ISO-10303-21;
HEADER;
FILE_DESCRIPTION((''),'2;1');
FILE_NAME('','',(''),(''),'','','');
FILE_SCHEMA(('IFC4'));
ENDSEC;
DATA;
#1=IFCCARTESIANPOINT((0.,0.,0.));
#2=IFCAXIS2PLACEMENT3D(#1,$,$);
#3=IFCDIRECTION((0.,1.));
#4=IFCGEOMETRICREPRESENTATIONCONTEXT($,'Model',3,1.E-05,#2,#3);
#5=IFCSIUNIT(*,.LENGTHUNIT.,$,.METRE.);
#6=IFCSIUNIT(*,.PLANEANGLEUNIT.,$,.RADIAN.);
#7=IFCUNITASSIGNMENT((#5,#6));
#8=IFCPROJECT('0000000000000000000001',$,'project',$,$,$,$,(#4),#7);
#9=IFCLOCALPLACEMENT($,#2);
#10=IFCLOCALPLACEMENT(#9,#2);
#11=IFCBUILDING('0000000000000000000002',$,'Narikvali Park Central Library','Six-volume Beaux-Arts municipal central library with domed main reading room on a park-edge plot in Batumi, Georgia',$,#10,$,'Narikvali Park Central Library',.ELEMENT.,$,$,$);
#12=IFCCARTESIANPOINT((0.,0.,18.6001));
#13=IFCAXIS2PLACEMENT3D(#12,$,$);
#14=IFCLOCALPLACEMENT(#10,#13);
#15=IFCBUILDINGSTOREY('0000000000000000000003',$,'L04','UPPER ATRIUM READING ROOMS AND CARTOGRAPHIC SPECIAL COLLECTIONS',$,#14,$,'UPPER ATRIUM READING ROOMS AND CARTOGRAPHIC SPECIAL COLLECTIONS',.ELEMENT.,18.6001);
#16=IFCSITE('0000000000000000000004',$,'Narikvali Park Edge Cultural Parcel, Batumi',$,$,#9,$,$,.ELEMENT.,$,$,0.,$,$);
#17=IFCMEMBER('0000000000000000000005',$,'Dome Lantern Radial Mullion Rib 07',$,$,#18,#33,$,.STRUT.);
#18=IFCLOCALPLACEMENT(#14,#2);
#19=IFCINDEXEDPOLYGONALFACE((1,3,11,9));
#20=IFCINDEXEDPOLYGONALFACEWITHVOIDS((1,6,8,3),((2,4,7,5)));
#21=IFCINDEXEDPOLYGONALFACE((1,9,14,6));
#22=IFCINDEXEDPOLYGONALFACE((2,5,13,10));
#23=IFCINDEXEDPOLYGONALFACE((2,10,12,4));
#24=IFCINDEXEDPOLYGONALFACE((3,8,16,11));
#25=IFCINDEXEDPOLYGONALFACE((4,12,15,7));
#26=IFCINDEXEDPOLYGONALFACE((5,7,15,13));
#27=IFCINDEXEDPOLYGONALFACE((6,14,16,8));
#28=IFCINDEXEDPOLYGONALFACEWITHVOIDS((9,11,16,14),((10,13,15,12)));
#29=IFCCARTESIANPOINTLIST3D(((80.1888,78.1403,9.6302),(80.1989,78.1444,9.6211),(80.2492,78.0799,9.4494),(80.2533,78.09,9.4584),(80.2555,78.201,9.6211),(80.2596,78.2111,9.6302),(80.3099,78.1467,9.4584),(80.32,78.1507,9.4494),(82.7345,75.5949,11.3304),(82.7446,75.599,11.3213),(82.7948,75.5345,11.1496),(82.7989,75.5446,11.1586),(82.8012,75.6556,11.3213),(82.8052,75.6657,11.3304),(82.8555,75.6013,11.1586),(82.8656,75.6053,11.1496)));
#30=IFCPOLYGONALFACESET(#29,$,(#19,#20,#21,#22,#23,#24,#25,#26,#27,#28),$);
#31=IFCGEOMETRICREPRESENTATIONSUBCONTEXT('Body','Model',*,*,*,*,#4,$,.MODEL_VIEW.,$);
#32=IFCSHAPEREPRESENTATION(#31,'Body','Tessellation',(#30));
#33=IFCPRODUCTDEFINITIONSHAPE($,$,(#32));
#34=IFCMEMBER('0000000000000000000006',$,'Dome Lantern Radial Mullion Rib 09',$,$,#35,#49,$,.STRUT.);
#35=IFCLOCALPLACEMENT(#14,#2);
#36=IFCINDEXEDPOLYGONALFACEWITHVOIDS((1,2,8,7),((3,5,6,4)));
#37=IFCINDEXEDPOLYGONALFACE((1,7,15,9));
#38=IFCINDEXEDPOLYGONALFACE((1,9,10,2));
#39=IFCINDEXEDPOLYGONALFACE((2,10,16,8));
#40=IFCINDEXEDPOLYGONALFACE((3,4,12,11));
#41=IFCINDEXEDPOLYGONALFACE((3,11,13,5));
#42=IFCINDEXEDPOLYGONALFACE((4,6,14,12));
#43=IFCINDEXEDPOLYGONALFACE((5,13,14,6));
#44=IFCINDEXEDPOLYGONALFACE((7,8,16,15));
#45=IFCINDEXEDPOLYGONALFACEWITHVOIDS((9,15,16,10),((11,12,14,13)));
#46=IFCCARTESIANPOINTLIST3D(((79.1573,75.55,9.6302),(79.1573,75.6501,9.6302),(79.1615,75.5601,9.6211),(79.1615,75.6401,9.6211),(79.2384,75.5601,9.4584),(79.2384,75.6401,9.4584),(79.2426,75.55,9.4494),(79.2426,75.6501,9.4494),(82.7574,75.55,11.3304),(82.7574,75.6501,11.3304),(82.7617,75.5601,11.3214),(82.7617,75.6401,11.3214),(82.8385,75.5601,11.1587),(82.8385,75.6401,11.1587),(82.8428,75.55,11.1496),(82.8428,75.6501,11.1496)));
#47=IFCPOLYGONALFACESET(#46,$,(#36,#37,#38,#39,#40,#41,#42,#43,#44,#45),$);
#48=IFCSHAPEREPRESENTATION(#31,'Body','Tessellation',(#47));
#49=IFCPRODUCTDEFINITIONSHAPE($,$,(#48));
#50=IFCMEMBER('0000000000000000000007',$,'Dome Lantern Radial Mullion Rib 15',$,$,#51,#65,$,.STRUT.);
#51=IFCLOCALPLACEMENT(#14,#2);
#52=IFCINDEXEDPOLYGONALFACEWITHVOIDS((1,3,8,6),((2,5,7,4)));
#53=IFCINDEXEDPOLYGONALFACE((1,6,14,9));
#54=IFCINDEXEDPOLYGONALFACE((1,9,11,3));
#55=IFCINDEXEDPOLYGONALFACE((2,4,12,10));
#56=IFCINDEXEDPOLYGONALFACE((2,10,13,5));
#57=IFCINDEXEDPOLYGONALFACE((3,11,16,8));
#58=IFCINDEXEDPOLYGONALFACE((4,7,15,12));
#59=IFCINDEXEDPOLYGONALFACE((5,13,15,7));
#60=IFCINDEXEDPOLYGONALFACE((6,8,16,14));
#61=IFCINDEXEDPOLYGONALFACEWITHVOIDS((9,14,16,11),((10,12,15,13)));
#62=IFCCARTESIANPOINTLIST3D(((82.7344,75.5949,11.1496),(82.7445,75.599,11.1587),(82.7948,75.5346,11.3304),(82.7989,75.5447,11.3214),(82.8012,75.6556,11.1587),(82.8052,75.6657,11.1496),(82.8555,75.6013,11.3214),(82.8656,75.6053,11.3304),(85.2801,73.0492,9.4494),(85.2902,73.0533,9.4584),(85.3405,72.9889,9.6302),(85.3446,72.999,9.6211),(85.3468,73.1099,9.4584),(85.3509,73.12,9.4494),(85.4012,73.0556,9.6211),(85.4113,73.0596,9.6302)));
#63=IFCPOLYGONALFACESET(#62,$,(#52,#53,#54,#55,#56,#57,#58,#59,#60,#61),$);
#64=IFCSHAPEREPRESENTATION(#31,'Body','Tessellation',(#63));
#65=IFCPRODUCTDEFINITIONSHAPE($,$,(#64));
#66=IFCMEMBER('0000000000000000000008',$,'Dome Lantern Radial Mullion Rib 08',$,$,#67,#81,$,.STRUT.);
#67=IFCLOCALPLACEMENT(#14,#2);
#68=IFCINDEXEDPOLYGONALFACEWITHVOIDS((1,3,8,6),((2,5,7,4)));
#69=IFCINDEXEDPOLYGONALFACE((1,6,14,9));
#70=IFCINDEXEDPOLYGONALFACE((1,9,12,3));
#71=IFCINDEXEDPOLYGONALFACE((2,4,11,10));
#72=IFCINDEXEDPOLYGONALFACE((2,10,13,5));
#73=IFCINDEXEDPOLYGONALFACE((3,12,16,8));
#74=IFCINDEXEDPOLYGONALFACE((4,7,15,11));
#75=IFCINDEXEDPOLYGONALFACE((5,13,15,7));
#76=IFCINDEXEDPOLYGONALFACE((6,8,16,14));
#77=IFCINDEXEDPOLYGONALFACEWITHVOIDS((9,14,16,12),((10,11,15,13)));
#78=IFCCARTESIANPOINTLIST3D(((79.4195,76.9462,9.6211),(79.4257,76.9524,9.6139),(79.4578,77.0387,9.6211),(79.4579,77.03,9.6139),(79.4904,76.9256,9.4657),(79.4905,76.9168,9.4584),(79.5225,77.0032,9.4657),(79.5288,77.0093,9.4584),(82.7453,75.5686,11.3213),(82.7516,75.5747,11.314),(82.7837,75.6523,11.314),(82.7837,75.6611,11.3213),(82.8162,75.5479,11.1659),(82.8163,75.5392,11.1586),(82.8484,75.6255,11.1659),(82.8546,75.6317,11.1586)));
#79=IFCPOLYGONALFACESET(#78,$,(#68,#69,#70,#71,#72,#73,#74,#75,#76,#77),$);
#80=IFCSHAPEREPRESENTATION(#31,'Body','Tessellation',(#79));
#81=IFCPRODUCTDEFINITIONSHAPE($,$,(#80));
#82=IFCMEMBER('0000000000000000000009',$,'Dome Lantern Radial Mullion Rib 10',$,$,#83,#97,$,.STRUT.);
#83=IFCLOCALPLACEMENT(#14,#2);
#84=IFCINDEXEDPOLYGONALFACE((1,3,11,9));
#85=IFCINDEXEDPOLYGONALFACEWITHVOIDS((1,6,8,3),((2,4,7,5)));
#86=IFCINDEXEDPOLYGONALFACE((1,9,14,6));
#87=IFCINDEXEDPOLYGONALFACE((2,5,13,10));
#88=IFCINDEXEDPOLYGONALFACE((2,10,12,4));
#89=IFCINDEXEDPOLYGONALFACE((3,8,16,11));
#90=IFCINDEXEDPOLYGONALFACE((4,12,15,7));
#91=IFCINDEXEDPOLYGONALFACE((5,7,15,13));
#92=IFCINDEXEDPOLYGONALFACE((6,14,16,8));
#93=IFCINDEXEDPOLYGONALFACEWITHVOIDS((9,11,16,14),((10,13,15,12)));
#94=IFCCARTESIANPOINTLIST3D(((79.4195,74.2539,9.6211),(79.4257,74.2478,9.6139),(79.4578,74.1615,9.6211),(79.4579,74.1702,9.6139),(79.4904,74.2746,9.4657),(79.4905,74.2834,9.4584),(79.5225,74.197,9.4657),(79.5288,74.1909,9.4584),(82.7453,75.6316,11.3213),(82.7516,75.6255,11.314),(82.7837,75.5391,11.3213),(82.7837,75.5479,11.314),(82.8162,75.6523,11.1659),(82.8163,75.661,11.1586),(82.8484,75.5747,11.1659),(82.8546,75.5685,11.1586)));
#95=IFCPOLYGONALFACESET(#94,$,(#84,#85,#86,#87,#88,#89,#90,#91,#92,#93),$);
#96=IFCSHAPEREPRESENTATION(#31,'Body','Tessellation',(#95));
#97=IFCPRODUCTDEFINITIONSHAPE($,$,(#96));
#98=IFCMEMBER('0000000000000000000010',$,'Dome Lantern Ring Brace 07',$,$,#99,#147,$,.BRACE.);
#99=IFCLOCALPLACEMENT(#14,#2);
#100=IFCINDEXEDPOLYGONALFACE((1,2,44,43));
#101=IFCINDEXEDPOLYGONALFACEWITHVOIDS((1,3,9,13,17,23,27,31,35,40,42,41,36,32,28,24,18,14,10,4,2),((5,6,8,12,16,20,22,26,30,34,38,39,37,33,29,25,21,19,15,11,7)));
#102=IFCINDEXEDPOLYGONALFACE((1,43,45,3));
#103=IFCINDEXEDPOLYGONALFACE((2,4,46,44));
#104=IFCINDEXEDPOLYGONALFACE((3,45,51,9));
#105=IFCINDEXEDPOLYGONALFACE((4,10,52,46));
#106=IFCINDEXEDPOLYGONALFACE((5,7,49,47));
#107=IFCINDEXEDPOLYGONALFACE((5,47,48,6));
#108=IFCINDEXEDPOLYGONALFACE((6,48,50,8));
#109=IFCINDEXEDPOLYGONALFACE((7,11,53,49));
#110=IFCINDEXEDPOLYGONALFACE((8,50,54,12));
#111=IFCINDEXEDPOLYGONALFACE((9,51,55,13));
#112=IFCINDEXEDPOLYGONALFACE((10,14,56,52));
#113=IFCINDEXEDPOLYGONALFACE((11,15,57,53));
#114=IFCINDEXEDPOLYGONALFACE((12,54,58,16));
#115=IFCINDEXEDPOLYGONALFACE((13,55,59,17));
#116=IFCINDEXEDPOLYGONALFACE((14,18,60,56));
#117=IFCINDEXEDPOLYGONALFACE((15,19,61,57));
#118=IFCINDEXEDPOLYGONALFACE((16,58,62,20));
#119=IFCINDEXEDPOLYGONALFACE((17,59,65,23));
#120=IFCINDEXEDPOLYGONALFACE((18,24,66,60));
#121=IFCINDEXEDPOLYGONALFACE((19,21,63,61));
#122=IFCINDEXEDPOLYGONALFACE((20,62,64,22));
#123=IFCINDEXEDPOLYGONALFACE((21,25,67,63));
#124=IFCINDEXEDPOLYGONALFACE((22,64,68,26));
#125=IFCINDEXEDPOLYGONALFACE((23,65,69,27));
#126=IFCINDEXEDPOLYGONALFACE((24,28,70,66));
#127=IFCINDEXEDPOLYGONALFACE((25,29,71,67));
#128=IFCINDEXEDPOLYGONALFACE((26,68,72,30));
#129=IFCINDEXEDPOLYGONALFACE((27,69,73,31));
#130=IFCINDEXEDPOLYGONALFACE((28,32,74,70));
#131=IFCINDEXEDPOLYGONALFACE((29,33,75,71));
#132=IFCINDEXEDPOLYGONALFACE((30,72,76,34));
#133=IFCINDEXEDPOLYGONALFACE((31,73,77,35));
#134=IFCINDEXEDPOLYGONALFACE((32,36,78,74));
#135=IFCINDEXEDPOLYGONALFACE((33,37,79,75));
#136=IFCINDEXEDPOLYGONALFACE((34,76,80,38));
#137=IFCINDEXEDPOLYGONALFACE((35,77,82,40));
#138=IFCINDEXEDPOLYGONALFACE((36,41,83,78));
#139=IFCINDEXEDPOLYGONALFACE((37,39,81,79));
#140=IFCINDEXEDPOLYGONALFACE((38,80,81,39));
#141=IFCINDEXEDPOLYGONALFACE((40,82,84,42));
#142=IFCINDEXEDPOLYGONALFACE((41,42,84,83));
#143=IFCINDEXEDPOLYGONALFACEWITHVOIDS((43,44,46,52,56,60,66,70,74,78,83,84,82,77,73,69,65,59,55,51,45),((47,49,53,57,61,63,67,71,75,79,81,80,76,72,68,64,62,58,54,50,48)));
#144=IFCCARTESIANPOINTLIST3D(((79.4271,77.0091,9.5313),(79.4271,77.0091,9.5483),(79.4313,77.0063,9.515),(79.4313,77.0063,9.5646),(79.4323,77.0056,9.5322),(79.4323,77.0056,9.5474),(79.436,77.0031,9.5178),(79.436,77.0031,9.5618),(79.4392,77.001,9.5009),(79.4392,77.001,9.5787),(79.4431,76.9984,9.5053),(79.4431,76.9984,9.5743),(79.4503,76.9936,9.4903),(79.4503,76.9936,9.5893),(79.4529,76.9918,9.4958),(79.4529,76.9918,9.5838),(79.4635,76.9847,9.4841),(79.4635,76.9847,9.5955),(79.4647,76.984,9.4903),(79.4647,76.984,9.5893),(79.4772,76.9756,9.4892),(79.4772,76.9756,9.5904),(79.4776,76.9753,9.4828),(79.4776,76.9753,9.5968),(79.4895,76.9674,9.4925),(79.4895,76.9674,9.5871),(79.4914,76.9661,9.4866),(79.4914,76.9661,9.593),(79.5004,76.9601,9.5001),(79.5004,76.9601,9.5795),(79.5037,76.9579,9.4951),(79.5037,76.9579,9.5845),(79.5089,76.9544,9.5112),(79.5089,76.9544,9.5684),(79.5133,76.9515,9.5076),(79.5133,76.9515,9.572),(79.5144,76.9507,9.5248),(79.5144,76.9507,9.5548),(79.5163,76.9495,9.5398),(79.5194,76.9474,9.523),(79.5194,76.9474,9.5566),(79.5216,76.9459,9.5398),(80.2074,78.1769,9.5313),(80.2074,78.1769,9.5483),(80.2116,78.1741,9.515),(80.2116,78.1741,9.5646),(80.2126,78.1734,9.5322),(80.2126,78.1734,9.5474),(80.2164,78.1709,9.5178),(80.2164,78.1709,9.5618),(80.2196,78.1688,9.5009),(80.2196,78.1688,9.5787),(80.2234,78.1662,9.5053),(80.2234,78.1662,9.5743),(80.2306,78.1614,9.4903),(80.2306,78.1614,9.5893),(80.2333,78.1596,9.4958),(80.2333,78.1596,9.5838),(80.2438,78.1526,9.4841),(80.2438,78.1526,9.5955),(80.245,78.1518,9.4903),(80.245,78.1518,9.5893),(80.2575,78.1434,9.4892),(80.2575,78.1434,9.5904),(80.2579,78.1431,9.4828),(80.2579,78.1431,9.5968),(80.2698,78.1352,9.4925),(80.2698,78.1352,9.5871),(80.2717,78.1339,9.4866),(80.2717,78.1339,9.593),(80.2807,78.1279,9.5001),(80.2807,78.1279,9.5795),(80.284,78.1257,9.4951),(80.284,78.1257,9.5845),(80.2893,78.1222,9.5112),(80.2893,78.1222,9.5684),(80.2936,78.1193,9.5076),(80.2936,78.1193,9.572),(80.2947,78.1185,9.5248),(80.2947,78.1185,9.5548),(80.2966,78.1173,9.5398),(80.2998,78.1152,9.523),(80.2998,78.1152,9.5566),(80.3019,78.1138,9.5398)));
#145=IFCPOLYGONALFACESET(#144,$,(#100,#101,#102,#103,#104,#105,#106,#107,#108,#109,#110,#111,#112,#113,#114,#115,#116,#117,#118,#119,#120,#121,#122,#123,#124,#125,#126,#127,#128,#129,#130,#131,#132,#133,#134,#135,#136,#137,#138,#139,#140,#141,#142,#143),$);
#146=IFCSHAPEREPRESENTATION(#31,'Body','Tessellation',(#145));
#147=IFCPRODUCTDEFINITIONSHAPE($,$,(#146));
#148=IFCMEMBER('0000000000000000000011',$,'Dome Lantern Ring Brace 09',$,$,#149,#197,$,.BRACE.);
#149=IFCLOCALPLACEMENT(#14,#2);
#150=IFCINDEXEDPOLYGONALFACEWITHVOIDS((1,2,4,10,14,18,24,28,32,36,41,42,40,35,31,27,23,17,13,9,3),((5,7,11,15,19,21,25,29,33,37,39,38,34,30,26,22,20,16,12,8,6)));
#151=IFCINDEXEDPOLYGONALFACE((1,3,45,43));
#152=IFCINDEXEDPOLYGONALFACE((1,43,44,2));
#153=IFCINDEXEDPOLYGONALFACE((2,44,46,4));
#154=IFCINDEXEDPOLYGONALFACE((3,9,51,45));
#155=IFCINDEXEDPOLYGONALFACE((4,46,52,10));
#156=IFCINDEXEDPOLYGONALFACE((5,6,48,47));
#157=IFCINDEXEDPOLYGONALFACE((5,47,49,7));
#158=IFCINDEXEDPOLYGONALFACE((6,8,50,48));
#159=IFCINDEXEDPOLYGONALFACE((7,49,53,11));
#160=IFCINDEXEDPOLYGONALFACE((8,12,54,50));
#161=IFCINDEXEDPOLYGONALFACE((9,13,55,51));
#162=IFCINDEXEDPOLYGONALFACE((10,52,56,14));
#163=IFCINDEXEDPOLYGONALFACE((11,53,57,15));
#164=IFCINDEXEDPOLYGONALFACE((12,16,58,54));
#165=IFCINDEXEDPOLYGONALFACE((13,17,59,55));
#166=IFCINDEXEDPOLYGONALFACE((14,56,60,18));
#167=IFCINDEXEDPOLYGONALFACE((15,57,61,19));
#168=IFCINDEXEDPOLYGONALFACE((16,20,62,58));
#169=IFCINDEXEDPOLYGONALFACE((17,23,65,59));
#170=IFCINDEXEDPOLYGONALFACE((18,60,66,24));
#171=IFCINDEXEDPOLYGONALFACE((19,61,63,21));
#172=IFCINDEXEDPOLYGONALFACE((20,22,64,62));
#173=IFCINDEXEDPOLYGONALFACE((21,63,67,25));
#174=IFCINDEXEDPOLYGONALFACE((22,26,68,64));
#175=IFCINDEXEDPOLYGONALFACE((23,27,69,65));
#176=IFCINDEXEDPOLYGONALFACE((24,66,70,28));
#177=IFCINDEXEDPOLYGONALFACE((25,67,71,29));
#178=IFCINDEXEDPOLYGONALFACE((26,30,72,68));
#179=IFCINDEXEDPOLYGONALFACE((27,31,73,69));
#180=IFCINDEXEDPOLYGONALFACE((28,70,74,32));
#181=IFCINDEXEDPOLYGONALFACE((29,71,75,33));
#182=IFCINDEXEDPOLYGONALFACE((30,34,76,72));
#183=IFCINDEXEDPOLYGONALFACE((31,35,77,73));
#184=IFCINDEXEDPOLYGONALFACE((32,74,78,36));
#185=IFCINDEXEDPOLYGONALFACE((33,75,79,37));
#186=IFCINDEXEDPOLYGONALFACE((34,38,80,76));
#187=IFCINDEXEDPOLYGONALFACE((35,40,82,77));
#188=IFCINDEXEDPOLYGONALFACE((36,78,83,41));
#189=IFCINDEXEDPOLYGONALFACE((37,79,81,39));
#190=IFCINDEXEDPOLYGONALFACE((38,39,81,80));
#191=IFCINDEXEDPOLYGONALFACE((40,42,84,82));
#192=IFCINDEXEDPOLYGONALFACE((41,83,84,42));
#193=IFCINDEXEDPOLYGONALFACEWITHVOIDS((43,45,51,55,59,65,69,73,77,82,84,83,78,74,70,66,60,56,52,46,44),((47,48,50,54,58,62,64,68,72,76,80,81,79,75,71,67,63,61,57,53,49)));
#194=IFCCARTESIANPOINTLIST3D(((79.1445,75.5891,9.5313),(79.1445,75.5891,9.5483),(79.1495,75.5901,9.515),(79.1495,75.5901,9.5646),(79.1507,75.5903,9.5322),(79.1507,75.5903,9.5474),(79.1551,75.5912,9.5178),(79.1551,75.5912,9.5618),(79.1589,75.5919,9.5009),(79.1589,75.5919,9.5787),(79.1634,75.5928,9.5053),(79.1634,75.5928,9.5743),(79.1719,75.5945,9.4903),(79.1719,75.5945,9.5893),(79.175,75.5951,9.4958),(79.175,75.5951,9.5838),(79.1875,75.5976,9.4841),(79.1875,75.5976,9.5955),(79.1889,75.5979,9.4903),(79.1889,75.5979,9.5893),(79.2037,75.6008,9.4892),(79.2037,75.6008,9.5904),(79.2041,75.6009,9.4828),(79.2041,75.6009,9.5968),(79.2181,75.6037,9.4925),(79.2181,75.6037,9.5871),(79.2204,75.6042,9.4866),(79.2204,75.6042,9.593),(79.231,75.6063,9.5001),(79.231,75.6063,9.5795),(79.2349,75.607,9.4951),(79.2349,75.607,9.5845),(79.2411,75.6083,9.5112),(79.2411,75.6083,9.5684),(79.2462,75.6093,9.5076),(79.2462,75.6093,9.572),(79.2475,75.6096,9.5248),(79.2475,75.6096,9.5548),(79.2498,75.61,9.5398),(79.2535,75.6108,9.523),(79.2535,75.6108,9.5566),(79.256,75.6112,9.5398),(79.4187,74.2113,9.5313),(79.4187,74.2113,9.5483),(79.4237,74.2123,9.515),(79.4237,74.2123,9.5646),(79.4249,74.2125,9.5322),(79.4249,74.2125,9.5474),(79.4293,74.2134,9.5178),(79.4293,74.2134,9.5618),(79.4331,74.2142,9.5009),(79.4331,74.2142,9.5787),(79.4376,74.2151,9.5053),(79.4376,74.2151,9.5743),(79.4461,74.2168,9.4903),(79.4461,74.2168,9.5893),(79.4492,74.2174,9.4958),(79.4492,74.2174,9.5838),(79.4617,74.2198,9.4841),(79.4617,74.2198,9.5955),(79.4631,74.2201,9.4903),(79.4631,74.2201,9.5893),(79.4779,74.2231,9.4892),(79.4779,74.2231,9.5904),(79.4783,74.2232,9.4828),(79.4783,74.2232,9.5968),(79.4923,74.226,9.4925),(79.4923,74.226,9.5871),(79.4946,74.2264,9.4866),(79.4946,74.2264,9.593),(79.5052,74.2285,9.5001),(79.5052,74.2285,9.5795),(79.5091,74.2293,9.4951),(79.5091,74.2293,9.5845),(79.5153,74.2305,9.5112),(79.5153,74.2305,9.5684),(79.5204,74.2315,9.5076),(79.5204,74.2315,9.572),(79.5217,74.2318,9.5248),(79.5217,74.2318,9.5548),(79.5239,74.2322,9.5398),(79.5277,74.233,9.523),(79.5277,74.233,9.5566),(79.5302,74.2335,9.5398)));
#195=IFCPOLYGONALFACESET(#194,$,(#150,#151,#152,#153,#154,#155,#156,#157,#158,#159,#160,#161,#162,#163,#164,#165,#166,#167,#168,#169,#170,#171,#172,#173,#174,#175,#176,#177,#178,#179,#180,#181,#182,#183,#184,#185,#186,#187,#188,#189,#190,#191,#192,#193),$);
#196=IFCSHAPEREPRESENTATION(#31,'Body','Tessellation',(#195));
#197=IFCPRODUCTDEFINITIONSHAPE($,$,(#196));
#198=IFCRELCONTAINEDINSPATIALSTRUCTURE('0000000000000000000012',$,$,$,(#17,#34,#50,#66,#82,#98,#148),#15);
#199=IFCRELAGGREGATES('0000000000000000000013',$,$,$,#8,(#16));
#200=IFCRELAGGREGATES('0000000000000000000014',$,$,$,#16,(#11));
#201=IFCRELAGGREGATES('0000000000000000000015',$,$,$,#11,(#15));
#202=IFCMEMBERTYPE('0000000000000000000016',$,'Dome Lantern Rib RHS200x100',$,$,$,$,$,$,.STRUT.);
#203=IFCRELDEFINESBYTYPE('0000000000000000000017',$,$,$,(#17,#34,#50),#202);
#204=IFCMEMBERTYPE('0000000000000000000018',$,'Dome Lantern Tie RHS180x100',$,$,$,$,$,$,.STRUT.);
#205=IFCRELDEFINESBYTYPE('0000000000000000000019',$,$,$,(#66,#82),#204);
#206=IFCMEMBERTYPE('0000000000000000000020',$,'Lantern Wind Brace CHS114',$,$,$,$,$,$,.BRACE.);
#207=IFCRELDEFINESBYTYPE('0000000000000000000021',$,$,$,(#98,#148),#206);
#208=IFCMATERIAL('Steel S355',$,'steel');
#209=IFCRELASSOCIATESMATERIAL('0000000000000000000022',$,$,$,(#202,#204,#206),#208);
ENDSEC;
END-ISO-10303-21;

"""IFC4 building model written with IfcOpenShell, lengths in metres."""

from ifc_helpers import new_model, si_unit, direction, frame, origin, origin_2d, place, context, subcontext, project, spatial, hollow_rectangle, hollow_circle, extrude, material, material_profile, profile_set, type_object, element, save


model = new_model("IFC4")

# Units and contexts
model_context = context("Model", 3, precision=1e-05, world=origin(), true_north=direction((0.0, 1.0)))
body_context = subcontext(model_context, "Body", "Model", "MODEL_VIEW")
ifc_project = project(units=[si_unit("LENGTHUNIT", "METRE"), si_unit("PLANEANGLEUNIT", "RADIAN")], contexts=[model_context])

# Site, building, storey
site_placement = place(None, origin())
site = spatial("IfcSite", under=ifc_project, at=site_placement, Name="Narikvali Park Edge Cultural Parcel, Batumi", CompositionType="ELEMENT", RefElevation=0.0)
building_placement = place(site_placement, origin())
building = spatial("IfcBuilding", under=site, at=building_placement, Name="Narikvali Park Central Library", Description="Six-volume Beaux-Arts municipal central library with domed main reading room on a park-edge plot in Batumi, Georgia", LongName="Narikvali Park Central Library", CompositionType="ELEMENT")
storey_placement = place(building_placement, frame((0.0, 0.0, 18.6001)))
storey = spatial("IfcBuildingStorey", under=building, at=storey_placement, Name="L04", Description="UPPER ATRIUM READING ROOMS AND CARTOGRAPHIC SPECIAL COLLECTIONS", LongName="UPPER ATRIUM READING ROOMS AND CARTOGRAPHIC SPECIAL COLLECTIONS", CompositionType="ELEMENT", Elevation=18.6001)

# Members
ifc_material_1 = material(Name="Steel S355", Category="steel")
ifc_material_profile_1 = material_profile(ifc_material_1, hollow_rectangle(XDim=0.1001, YDim=0.2, WallThickness=0.01, at=origin_2d()), Name="RHS 200x100x10")
ifc_profile_set_1 = profile_set([ifc_material_profile_1], Name="Steel S355")
member_type_1 = type_object("IfcMemberType", Name="Dome Lantern Rib RHS200x100", PredefinedType="STRUT", material=ifc_profile_set_1)
member_1_placement = place(storey_placement, frame((80.2544, 78.1455, 9.5398), z_axis=(0.639415, -0.639354, 0.427054), x_axis=(0.707073, 0.707141, 0.0)))
element("IfcMember", 1, at=member_1_placement, inside=storey, type_object=member_type_1, Name="Dome Lantern Radial Mullion Rib 07", PredefinedType="STRUT", context=body_context, shape_type="SweptSolid", body=[
    extrude(hollow_rectangle(XDim=0.1001, YDim=0.2, WallThickness=0.01, at=origin_2d()), origin(), (0.0, 0.0, 1.0), 3.9812),
])
for number, where, z_axis, x_axis, name in (
    (2, (79.2, 75.6001, 9.5398), (0.904234, 0.0, 0.427037), (0.0, 1.0, 0.0), "Dome Lantern Radial Mullion Rib 09"),
    (3, (85.3457, 73.0544, 9.5398), (-0.63939, 0.63939, 0.427037), (-0.707107, -0.707107, 0.0), "Dome Lantern Radial Mullion Rib 15"),
):
    element("IfcMember", number, at=place(storey_placement, frame(where, z_axis=z_axis, x_axis=x_axis)), inside=storey, type_object=member_type_1, Name=name, PredefinedType="STRUT", context=body_context, shape_type="SweptSolid", body=[
        extrude(hollow_rectangle(XDim=0.1001, YDim=0.2, WallThickness=0.01, at=origin_2d()), origin(), (0.0, 0.0, 1.0), 3.9814),
    ])
ifc_material_profile_2 = material_profile(ifc_material_1, hollow_rectangle(XDim=0.1001, YDim=0.1799, WallThickness=0.0081, at=origin_2d()), Name="RHS 180x100x8")
ifc_profile_set_2 = profile_set([ifc_material_profile_2], Name="Steel S355")
member_type_2 = type_object("IfcMemberType", Name="Dome Lantern Tie RHS180x100", PredefinedType="STRUT", material=ifc_profile_set_2)
for number, where, z_axis, x_axis, name in (
    (4, (79.4741, 76.9778, 9.5398), (0.835395, -0.346042, 0.427049), (0.382693, 0.923875, 0.0), "Dome Lantern Radial Mullion Rib 08"),
    (5, (79.4741, 74.2224, 9.5398), (0.835395, 0.346042, 0.427049), (-0.382693, 0.923875, 0.0), "Dome Lantern Radial Mullion Rib 10"),
):
    element("IfcMember", number, at=place(storey_placement, frame(where, z_axis=z_axis, x_axis=x_axis)), inside=storey, type_object=member_type_2, Name=name, PredefinedType="STRUT", context=body_context, shape_type="SweptSolid", body=[
        extrude(hollow_rectangle(XDim=0.1001, YDim=0.1799, WallThickness=0.0081, at=origin_2d()), origin(), (0.0, 0.0, 1.0), 3.9812),
    ])
ifc_material_profile_3 = material_profile(ifc_material_1, hollow_circle(Radius=0.0571, WallThickness=0.0063, at=origin_2d()), Name="CHS 114.3x6.3")
ifc_profile_set_3 = profile_set([ifc_material_profile_3], Name="Steel S355")
member_type_3 = type_object("IfcMemberType", Name="Lantern Wind Brace CHS114", PredefinedType="BRACE", material=ifc_profile_set_3)
member_2_placement = place(storey_placement, frame((80.2544, 78.1455, 9.5398), z_axis=(-0.555582, -0.831461, 0.0), x_axis=(0.831461, -0.555582, 0.0)))
element("IfcMember", 6, at=member_2_placement, inside=storey, type_object=member_type_3, Name="Dome Lantern Ring Brace 07", PredefinedType="BRACE", context=body_context, shape_type="SweptSolid", body=[
    extrude(hollow_circle(Radius=0.0571, WallThickness=0.0063, at=origin_2d()), origin(), (0.0, 0.0, 1.0), 1.4045),
])
member_3_placement = place(storey_placement, frame((79.2, 75.6001, 9.5398), z_axis=(0.19518, -0.980767, 0.0), x_axis=(0.980767, 0.19518, 0.0)))
element("IfcMember", 7, at=member_3_placement, inside=storey, type_object=member_type_3, Name="Dome Lantern Ring Brace 09", PredefinedType="BRACE", context=body_context, shape_type="SweptSolid", body=[
    extrude(hollow_circle(Radius=0.0571, WallThickness=0.0063, at=origin_2d()), origin(), (0.0, 0.0, 1.0), 1.4048),
])

save(model, "model.ifc")
